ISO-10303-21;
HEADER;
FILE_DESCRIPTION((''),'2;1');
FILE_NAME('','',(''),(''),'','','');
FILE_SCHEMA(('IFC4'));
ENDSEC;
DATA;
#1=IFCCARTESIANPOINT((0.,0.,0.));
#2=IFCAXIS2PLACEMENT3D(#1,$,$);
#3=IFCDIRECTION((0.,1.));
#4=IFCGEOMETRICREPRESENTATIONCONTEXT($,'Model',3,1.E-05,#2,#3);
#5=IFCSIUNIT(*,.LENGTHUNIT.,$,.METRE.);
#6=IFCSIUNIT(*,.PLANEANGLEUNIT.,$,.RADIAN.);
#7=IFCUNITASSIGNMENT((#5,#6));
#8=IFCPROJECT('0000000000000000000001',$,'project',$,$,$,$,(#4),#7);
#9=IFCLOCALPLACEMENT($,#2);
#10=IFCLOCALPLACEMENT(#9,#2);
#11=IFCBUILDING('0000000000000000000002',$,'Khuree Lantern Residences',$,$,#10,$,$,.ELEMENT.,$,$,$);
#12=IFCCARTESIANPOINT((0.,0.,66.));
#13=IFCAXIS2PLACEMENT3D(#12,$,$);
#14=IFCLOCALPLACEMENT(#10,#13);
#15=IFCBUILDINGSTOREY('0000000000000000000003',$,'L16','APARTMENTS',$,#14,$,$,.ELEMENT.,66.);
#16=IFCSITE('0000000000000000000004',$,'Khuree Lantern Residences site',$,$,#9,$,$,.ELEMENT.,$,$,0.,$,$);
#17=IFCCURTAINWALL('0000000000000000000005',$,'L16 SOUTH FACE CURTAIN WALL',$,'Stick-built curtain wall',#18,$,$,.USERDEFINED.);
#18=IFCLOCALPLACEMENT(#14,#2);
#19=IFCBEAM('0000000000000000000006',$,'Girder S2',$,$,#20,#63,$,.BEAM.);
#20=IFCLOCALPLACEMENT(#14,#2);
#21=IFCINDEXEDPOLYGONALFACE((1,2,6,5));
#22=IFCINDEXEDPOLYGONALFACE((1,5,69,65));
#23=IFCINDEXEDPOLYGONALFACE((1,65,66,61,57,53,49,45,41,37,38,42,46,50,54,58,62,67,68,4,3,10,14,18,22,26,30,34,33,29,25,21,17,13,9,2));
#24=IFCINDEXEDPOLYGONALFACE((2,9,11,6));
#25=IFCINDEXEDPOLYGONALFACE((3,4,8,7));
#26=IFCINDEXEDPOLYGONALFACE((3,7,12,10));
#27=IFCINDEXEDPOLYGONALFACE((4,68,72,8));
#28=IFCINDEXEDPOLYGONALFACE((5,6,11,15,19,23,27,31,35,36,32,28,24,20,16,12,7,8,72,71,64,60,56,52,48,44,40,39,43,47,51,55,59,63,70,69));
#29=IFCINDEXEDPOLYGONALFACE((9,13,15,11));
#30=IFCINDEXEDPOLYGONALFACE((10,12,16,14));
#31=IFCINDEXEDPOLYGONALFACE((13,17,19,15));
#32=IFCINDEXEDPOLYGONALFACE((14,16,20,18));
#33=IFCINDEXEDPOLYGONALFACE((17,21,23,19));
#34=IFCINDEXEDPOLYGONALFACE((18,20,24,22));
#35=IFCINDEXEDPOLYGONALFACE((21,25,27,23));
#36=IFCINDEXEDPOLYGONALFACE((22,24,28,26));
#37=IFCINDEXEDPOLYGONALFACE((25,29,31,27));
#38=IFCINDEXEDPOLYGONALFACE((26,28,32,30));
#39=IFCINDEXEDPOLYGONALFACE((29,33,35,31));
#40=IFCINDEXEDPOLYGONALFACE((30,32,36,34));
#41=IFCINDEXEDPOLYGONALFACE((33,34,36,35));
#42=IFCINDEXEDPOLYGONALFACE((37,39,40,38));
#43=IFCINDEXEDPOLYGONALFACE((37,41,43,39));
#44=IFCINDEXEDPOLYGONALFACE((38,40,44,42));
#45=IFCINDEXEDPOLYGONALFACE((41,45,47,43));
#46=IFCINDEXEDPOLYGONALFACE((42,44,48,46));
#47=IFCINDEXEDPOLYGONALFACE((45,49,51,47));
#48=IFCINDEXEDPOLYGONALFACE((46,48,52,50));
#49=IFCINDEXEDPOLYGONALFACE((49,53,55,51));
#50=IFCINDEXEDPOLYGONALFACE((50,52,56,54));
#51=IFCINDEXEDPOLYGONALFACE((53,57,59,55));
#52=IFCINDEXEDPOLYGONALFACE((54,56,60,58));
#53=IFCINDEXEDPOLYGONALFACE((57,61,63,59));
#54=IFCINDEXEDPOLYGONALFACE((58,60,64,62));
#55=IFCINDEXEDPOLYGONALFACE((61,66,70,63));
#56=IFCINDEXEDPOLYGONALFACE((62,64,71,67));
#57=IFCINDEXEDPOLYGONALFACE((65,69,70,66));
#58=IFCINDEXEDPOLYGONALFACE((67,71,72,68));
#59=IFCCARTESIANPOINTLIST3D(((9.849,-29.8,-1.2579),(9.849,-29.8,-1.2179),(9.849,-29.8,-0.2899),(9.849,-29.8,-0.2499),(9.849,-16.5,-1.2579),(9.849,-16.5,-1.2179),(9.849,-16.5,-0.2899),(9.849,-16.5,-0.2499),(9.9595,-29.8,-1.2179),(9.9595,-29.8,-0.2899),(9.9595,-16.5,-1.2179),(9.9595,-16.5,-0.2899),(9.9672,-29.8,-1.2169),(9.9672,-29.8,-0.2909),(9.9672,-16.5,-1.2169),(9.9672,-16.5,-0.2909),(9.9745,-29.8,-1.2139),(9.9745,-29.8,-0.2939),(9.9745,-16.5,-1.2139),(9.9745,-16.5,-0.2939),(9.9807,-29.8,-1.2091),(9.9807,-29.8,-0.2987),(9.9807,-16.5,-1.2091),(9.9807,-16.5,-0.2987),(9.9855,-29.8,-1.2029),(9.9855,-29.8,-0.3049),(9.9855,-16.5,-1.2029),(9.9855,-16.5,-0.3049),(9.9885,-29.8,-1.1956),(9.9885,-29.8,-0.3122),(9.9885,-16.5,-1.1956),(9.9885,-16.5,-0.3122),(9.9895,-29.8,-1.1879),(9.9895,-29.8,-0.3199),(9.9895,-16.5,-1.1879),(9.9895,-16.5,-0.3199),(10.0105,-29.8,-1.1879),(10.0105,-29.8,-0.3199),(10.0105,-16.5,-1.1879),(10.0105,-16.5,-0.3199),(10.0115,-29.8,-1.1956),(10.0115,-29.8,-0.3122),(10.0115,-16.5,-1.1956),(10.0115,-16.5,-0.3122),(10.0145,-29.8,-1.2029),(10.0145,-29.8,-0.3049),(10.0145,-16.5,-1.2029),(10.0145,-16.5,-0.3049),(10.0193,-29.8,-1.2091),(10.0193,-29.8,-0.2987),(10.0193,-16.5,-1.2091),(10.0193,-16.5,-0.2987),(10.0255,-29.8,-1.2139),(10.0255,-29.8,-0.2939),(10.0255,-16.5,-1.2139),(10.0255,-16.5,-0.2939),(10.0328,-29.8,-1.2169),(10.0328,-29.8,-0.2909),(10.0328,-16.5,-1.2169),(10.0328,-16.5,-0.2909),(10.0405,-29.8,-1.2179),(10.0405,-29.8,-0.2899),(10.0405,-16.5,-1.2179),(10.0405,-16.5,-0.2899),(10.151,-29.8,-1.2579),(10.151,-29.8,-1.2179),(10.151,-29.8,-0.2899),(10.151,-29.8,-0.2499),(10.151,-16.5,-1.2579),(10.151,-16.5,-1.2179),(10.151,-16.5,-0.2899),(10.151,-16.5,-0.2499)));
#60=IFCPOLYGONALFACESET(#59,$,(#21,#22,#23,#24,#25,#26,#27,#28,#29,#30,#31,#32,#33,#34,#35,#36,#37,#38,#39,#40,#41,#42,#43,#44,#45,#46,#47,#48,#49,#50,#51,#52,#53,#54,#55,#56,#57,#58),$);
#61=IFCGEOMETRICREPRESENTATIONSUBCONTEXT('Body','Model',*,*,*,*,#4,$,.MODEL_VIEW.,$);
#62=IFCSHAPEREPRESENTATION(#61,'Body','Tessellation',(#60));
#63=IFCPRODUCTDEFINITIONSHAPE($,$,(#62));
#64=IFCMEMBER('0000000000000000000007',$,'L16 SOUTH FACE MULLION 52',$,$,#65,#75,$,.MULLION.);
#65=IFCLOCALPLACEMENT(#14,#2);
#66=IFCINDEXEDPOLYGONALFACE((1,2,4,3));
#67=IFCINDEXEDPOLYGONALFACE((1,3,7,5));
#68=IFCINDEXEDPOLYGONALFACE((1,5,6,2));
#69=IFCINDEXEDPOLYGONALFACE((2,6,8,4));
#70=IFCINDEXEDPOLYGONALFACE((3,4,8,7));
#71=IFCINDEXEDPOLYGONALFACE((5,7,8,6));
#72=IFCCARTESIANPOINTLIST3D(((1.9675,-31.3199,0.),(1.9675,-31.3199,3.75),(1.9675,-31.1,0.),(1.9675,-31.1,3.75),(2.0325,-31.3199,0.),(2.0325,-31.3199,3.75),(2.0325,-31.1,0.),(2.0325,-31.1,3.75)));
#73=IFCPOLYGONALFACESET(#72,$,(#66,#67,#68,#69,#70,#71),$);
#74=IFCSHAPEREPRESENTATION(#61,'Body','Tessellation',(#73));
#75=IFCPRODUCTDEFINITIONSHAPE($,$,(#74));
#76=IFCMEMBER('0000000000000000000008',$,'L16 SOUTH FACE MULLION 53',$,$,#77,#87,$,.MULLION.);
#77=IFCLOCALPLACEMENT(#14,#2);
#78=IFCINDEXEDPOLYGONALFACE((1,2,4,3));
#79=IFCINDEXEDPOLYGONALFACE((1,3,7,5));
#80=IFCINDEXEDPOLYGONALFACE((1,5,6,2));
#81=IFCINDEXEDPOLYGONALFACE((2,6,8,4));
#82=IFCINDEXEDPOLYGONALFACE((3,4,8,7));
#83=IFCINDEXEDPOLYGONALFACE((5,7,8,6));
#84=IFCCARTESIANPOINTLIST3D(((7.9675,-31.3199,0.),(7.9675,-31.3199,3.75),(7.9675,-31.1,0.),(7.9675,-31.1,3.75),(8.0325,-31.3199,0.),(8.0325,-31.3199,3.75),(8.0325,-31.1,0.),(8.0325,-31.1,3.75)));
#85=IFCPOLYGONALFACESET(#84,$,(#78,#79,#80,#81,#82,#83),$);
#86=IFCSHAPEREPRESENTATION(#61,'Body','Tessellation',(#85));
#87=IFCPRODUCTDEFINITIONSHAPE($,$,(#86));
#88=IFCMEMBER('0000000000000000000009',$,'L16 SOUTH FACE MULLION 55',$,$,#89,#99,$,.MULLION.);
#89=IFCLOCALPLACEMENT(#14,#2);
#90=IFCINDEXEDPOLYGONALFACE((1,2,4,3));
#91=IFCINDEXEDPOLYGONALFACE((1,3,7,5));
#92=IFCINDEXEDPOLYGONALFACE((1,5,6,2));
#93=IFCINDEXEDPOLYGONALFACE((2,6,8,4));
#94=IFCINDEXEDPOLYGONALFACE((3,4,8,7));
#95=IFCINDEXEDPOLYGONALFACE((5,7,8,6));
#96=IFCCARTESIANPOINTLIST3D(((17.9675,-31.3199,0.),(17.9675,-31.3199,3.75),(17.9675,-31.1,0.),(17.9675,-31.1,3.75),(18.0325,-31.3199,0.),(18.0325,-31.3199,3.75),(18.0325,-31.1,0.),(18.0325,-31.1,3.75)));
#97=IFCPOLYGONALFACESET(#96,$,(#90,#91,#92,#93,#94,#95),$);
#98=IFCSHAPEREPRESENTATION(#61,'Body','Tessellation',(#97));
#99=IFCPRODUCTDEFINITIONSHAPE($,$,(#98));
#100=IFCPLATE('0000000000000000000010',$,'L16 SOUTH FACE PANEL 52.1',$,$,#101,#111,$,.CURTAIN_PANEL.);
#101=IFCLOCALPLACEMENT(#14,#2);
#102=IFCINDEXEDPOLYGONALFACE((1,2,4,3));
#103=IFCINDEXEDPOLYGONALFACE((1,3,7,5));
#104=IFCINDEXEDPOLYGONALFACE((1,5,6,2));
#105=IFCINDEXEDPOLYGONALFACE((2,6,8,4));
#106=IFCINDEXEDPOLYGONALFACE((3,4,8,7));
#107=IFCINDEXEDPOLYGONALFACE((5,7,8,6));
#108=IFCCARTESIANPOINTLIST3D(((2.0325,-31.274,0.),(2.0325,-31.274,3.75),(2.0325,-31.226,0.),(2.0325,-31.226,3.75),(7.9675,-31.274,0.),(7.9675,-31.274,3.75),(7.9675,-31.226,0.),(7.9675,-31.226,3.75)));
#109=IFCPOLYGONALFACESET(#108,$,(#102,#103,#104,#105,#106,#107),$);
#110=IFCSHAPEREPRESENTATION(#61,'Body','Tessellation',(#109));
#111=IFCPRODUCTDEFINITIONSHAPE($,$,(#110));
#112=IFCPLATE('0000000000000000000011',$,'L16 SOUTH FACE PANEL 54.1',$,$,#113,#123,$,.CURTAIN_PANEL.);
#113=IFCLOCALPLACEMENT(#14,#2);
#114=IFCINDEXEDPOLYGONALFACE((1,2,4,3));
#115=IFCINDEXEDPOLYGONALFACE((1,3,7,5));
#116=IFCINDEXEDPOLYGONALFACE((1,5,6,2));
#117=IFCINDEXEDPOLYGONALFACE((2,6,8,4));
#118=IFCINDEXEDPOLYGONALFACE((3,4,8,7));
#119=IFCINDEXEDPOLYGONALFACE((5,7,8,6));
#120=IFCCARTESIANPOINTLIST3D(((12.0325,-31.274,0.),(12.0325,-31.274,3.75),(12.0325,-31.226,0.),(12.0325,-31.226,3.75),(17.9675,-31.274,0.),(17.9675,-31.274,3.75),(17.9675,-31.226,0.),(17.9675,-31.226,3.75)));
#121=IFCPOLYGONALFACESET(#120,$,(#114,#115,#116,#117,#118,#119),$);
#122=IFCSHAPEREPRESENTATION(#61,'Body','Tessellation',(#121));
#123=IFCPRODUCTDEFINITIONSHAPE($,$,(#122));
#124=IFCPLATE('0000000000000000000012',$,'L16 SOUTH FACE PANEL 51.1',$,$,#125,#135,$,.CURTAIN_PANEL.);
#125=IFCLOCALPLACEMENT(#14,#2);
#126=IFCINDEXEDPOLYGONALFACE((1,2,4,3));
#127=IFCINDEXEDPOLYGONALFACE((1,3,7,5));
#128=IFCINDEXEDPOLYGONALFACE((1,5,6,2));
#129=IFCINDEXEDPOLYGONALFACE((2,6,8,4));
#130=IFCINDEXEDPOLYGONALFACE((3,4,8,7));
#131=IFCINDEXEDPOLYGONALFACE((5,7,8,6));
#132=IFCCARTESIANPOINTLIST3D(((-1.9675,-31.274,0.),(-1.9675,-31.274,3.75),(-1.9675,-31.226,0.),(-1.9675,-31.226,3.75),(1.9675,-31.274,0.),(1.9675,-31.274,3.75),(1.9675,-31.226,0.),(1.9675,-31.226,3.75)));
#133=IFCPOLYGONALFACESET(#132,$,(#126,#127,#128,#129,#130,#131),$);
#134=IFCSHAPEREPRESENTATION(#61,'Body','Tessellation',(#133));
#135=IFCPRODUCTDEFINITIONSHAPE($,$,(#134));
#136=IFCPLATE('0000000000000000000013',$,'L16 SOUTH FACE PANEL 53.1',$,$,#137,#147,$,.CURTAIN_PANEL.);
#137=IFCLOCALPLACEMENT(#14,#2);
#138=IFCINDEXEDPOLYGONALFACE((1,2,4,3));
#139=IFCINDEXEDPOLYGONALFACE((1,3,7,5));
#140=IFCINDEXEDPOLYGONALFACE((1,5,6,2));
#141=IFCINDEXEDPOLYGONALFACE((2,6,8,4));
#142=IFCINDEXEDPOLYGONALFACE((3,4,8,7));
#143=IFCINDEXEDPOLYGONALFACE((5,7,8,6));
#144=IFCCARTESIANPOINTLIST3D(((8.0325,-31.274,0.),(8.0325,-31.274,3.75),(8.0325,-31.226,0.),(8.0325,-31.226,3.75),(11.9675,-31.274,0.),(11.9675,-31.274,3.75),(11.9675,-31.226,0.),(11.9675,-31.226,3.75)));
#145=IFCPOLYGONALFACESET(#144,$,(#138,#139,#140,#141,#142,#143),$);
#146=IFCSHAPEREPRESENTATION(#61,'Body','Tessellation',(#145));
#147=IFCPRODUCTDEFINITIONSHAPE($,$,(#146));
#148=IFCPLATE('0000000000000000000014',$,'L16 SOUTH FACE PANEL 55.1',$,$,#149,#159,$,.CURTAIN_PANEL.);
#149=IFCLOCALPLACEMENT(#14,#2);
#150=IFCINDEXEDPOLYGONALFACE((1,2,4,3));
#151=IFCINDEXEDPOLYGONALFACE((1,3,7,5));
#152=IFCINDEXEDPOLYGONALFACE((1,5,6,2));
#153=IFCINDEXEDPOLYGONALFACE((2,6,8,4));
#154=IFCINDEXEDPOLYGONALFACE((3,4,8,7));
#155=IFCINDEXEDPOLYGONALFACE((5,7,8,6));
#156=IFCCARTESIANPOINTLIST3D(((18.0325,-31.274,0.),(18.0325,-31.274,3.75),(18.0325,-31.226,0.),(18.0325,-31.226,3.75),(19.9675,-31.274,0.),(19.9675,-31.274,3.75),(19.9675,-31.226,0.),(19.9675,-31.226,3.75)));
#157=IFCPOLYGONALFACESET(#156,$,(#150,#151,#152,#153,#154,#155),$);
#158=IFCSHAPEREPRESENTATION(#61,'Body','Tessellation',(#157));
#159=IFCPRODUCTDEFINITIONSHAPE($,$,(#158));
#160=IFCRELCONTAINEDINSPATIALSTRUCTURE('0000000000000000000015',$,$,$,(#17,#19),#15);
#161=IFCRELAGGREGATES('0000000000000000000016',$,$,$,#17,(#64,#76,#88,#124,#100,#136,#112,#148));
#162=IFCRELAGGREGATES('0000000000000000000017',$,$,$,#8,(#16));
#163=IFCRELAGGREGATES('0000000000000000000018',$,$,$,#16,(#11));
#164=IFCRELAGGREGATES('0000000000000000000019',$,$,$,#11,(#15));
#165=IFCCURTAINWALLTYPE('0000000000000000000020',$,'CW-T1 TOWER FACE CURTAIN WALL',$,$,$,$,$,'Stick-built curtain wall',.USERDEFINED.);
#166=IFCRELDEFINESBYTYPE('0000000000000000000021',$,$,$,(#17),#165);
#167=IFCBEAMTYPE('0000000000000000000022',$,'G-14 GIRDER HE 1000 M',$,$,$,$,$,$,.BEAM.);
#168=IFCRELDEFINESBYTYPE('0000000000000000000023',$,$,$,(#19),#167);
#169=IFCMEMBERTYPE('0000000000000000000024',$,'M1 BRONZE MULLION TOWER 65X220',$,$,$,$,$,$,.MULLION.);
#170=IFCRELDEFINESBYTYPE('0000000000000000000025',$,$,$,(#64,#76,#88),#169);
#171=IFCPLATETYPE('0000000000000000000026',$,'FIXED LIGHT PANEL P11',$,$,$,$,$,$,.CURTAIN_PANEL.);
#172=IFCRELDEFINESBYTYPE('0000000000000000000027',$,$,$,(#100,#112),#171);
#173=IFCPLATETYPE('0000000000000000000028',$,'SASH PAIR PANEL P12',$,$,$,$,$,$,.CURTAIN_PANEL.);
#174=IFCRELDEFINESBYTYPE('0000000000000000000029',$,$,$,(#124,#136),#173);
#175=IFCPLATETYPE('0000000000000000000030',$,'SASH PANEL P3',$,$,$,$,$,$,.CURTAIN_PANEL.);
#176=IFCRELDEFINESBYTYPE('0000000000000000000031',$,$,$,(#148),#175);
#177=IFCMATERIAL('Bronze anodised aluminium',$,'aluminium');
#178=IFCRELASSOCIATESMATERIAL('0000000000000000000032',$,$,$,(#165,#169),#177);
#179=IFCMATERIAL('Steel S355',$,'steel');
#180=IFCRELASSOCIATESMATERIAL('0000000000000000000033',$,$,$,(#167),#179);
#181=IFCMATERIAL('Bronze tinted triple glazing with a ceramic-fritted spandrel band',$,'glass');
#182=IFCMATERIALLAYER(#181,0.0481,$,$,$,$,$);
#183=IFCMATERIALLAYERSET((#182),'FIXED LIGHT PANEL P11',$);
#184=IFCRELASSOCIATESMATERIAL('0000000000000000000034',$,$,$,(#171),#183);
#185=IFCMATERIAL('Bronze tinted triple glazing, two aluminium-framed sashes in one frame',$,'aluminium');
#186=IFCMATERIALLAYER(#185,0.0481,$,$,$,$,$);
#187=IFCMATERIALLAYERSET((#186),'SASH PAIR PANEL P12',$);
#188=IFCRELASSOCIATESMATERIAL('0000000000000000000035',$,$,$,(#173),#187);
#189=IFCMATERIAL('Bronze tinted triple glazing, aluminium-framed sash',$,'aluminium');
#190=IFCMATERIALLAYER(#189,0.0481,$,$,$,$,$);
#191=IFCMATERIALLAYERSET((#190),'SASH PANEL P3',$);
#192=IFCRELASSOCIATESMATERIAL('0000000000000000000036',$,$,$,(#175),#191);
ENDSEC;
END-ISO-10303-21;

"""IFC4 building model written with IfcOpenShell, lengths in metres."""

from ifc_helpers import new_model, si_unit, direction, frame, origin, origin_2d, place, context, subcontext, project, spatial, rectangle, i_section, extrude, material, layer, layer_set, material_profile, profile_set, type_object, element, aggregate, save


model = new_model("IFC4")

# Units and contexts
model_context = context("Model", 3, precision=1e-05, world=origin(), true_north=direction((0.0, 1.0)))
body_context = subcontext(model_context, "Body", "Model", "MODEL_VIEW")
ifc_project = project(units=[si_unit("LENGTHUNIT", "METRE"), si_unit("PLANEANGLEUNIT", "RADIAN")], contexts=[model_context])

# Site, building, storey
site_placement = place(None, origin())
site = spatial("IfcSite", under=ifc_project, at=site_placement, Name="Khuree Lantern Residences site", CompositionType="ELEMENT", RefElevation=0.0)
building_placement = place(site_placement, origin())
building = spatial("IfcBuilding", under=site, at=building_placement, Name="Khuree Lantern Residences", CompositionType="ELEMENT")
storey_placement = place(building_placement, frame((0.0, 0.0, 66.0)))
storey = spatial("IfcBuildingStorey", under=building, at=storey_placement, Name="L16", Description="APARTMENTS", CompositionType="ELEMENT", Elevation=66.0)

# Shared definitions
ifc_material_1 = material(Name="Steel S355", Category="steel")

# Curtain wall
ifc_material_2 = material(Name="Bronze anodised aluminium", Category="aluminium")
curtain_wall_type = type_object("IfcCurtainWallType", Name="CW-T1 TOWER FACE CURTAIN WALL", ElementType="Stick-built curtain wall", PredefinedType="USERDEFINED", material=ifc_material_2)
curtain_wall_placement = place(storey_placement, origin())
curtain_wall = element("IfcCurtainWall", 1, at=curtain_wall_placement, inside=storey, type_object=curtain_wall_type, Name="L16 SOUTH FACE CURTAIN WALL", ObjectType="Stick-built curtain wall", PredefinedType="USERDEFINED")

# Beam
ifc_material_profile_1 = material_profile(ifc_material_1, i_section(OverallWidth=0.302, OverallDepth=1.0081, WebThickness=0.021, FlangeThickness=0.04, FilletRadius=0.03, at=origin_2d()), Name="HE 1000 M")
ifc_profile_set_1 = profile_set([ifc_material_profile_1], Name="Steel S355")
beam_type_1 = type_object("IfcBeamType", Name="G-14 GIRDER HE 1000 M", PredefinedType="BEAM", material=ifc_profile_set_1)
beam_1_placement = place(storey_placement, frame((10.0, -29.8, -0.7539), z_axis=(0.0, 1.0, 0.0), x_axis=(-1.0, 0.0, 0.0)))
element("IfcBeam", 2, at=beam_1_placement, inside=storey, type_object=beam_type_1, Name="Girder S2", PredefinedType="BEAM", context=body_context, shape_type="SweptSolid", body=[
    extrude(i_section(OverallWidth=0.302, OverallDepth=1.0081, WebThickness=0.021, FlangeThickness=0.04, FilletRadius=0.03, at=origin_2d()), origin(), (0.0, 0.0, 1.0), 13.3),
])

# Members
ifc_material_profile_2 = material_profile(ifc_material_2, rectangle(XDim=0.0649, YDim=0.22, at=origin_2d()), Name="M1 65X220")
ifc_profile_set_2 = profile_set([ifc_material_profile_2], Name="Bronze anodised aluminium")
member_type_1 = type_object("IfcMemberType", Name="M1 BRONZE MULLION TOWER 65X220", PredefinedType="MULLION", material=ifc_profile_set_2)
member_1_placement = place(storey_placement, frame((2.0, -31.21, 0.0), z_axis=(0.0, 0.0, 1.0), x_axis=(1.0, 0.0, 0.0)))
member_1 = element("IfcMember", 3, at=member_1_placement, type_object=member_type_1, Name="L16 SOUTH FACE MULLION 52", PredefinedType="MULLION", context=body_context, shape_type="SweptSolid", body=[
    extrude(rectangle(XDim=0.0649, YDim=0.22, at=origin_2d()), origin(), (0.0, 0.0, 1.0), 3.75),
])
member_2_placement = place(storey_placement, frame((8.0, -31.21, 0.0), z_axis=(0.0, 0.0, 1.0), x_axis=(1.0, 0.0, 0.0)))
member_2 = element("IfcMember", 4, at=member_2_placement, type_object=member_type_1, Name="L16 SOUTH FACE MULLION 53", PredefinedType="MULLION", context=body_context, shape_type="SweptSolid", body=[
    extrude(rectangle(XDim=0.0649, YDim=0.22, at=origin_2d()), origin(), (0.0, 0.0, 1.0), 3.75),
])
member_3_placement = place(storey_placement, frame((18.0, -31.21, 0.0), z_axis=(0.0, 0.0, 1.0), x_axis=(1.0, 0.0, 0.0)))
member_3 = element("IfcMember", 5, at=member_3_placement, type_object=member_type_1, Name="L16 SOUTH FACE MULLION 55", PredefinedType="MULLION", context=body_context, shape_type="SweptSolid", body=[
    extrude(rectangle(XDim=0.0649, YDim=0.22, at=origin_2d()), origin(), (0.0, 0.0, 1.0), 3.75),
])

# Plates
ifc_material_3 = material(Name="Bronze tinted triple glazing with a ceramic-fritted spandrel band", Category="glass")
ifc_layer_1 = layer(ifc_material_3, 0.0481)
ifc_layer_set_1 = layer_set([ifc_layer_1], Name="FIXED LIGHT PANEL P11")
plate_type_1 = type_object("IfcPlateType", Name="FIXED LIGHT PANEL P11", PredefinedType="CURTAIN_PANEL", material=ifc_layer_set_1)
plate_1_placement = place(storey_placement, frame((5.0, -31.25, 0.0), z_axis=(0.0, 0.0, 1.0), x_axis=(1.0, 0.0, 0.0)))
plate_1 = element("IfcPlate", 6, at=plate_1_placement, type_object=plate_type_1, Name="L16 SOUTH FACE PANEL 52.1", PredefinedType="CURTAIN_PANEL", context=body_context, shape_type="SweptSolid", body=[
    extrude(rectangle(XDim=5.9351, YDim=0.0481, at=origin_2d()), origin(), (0.0, 0.0, 1.0), 3.75),
])
plate_2_placement = place(storey_placement, frame((15.0, -31.25, 0.0), z_axis=(0.0, 0.0, 1.0), x_axis=(1.0, 0.0, 0.0)))
plate_2 = element("IfcPlate", 7, at=plate_2_placement, type_object=plate_type_1, Name="L16 SOUTH FACE PANEL 54.1", PredefinedType="CURTAIN_PANEL", context=body_context, shape_type="SweptSolid", body=[
    extrude(rectangle(XDim=5.9351, YDim=0.0481, at=origin_2d()), origin(), (0.0, 0.0, 1.0), 3.75),
])
ifc_material_4 = material(Name="Bronze tinted triple glazing, two aluminium-framed sashes in one frame", Category="aluminium")
ifc_layer_2 = layer(ifc_material_4, 0.0481)
ifc_layer_set_2 = layer_set([ifc_layer_2], Name="SASH PAIR PANEL P12")
plate_type_2 = type_object("IfcPlateType", Name="SASH PAIR PANEL P12", PredefinedType="CURTAIN_PANEL", material=ifc_layer_set_2)
plate_3_placement = place(storey_placement, frame((0.0, -31.25, 0.0), z_axis=(0.0, 0.0, 1.0), x_axis=(1.0, 0.0, 0.0)))
plate_3 = element("IfcPlate", 8, at=plate_3_placement, type_object=plate_type_2, Name="L16 SOUTH FACE PANEL 51.1", PredefinedType="CURTAIN_PANEL", context=body_context, shape_type="SweptSolid", body=[
    extrude(rectangle(XDim=3.9351, YDim=0.0481, at=origin_2d()), origin(), (0.0, 0.0, 1.0), 3.75),
])
plate_4_placement = place(storey_placement, frame((10.0, -31.25, 0.0), z_axis=(0.0, 0.0, 1.0), x_axis=(1.0, 0.0, 0.0)))
plate_4 = element("IfcPlate", 9, at=plate_4_placement, type_object=plate_type_2, Name="L16 SOUTH FACE PANEL 53.1", PredefinedType="CURTAIN_PANEL", context=body_context, shape_type="SweptSolid", body=[
    extrude(rectangle(XDim=3.9351, YDim=0.0481, at=origin_2d()), origin(), (0.0, 0.0, 1.0), 3.75),
])
ifc_material_5 = material(Name="Bronze tinted triple glazing, aluminium-framed sash", Category="aluminium")
ifc_layer_3 = layer(ifc_material_5, 0.0481)
ifc_layer_set_3 = layer_set([ifc_layer_3], Name="SASH PANEL P3")
plate_type_3 = type_object("IfcPlateType", Name="SASH PANEL P3", PredefinedType="CURTAIN_PANEL", material=ifc_layer_set_3)
plate_5_placement = place(storey_placement, frame((19.0, -31.25, 0.0), z_axis=(0.0, 0.0, 1.0), x_axis=(1.0, 0.0, 0.0)))
plate_5 = element("IfcPlate", 10, at=plate_5_placement, type_object=plate_type_3, Name="L16 SOUTH FACE PANEL 55.1", PredefinedType="CURTAIN_PANEL", context=body_context, shape_type="SweptSolid", body=[
    extrude(rectangle(XDim=1.9351, YDim=0.0481, at=origin_2d()), origin(), (0.0, 0.0, 1.0), 3.75),
])
aggregate(curtain_wall, [member_1, member_2, member_3, plate_3, plate_1, plate_4, plate_2, plate_5])

save(model, "model.ifc")
